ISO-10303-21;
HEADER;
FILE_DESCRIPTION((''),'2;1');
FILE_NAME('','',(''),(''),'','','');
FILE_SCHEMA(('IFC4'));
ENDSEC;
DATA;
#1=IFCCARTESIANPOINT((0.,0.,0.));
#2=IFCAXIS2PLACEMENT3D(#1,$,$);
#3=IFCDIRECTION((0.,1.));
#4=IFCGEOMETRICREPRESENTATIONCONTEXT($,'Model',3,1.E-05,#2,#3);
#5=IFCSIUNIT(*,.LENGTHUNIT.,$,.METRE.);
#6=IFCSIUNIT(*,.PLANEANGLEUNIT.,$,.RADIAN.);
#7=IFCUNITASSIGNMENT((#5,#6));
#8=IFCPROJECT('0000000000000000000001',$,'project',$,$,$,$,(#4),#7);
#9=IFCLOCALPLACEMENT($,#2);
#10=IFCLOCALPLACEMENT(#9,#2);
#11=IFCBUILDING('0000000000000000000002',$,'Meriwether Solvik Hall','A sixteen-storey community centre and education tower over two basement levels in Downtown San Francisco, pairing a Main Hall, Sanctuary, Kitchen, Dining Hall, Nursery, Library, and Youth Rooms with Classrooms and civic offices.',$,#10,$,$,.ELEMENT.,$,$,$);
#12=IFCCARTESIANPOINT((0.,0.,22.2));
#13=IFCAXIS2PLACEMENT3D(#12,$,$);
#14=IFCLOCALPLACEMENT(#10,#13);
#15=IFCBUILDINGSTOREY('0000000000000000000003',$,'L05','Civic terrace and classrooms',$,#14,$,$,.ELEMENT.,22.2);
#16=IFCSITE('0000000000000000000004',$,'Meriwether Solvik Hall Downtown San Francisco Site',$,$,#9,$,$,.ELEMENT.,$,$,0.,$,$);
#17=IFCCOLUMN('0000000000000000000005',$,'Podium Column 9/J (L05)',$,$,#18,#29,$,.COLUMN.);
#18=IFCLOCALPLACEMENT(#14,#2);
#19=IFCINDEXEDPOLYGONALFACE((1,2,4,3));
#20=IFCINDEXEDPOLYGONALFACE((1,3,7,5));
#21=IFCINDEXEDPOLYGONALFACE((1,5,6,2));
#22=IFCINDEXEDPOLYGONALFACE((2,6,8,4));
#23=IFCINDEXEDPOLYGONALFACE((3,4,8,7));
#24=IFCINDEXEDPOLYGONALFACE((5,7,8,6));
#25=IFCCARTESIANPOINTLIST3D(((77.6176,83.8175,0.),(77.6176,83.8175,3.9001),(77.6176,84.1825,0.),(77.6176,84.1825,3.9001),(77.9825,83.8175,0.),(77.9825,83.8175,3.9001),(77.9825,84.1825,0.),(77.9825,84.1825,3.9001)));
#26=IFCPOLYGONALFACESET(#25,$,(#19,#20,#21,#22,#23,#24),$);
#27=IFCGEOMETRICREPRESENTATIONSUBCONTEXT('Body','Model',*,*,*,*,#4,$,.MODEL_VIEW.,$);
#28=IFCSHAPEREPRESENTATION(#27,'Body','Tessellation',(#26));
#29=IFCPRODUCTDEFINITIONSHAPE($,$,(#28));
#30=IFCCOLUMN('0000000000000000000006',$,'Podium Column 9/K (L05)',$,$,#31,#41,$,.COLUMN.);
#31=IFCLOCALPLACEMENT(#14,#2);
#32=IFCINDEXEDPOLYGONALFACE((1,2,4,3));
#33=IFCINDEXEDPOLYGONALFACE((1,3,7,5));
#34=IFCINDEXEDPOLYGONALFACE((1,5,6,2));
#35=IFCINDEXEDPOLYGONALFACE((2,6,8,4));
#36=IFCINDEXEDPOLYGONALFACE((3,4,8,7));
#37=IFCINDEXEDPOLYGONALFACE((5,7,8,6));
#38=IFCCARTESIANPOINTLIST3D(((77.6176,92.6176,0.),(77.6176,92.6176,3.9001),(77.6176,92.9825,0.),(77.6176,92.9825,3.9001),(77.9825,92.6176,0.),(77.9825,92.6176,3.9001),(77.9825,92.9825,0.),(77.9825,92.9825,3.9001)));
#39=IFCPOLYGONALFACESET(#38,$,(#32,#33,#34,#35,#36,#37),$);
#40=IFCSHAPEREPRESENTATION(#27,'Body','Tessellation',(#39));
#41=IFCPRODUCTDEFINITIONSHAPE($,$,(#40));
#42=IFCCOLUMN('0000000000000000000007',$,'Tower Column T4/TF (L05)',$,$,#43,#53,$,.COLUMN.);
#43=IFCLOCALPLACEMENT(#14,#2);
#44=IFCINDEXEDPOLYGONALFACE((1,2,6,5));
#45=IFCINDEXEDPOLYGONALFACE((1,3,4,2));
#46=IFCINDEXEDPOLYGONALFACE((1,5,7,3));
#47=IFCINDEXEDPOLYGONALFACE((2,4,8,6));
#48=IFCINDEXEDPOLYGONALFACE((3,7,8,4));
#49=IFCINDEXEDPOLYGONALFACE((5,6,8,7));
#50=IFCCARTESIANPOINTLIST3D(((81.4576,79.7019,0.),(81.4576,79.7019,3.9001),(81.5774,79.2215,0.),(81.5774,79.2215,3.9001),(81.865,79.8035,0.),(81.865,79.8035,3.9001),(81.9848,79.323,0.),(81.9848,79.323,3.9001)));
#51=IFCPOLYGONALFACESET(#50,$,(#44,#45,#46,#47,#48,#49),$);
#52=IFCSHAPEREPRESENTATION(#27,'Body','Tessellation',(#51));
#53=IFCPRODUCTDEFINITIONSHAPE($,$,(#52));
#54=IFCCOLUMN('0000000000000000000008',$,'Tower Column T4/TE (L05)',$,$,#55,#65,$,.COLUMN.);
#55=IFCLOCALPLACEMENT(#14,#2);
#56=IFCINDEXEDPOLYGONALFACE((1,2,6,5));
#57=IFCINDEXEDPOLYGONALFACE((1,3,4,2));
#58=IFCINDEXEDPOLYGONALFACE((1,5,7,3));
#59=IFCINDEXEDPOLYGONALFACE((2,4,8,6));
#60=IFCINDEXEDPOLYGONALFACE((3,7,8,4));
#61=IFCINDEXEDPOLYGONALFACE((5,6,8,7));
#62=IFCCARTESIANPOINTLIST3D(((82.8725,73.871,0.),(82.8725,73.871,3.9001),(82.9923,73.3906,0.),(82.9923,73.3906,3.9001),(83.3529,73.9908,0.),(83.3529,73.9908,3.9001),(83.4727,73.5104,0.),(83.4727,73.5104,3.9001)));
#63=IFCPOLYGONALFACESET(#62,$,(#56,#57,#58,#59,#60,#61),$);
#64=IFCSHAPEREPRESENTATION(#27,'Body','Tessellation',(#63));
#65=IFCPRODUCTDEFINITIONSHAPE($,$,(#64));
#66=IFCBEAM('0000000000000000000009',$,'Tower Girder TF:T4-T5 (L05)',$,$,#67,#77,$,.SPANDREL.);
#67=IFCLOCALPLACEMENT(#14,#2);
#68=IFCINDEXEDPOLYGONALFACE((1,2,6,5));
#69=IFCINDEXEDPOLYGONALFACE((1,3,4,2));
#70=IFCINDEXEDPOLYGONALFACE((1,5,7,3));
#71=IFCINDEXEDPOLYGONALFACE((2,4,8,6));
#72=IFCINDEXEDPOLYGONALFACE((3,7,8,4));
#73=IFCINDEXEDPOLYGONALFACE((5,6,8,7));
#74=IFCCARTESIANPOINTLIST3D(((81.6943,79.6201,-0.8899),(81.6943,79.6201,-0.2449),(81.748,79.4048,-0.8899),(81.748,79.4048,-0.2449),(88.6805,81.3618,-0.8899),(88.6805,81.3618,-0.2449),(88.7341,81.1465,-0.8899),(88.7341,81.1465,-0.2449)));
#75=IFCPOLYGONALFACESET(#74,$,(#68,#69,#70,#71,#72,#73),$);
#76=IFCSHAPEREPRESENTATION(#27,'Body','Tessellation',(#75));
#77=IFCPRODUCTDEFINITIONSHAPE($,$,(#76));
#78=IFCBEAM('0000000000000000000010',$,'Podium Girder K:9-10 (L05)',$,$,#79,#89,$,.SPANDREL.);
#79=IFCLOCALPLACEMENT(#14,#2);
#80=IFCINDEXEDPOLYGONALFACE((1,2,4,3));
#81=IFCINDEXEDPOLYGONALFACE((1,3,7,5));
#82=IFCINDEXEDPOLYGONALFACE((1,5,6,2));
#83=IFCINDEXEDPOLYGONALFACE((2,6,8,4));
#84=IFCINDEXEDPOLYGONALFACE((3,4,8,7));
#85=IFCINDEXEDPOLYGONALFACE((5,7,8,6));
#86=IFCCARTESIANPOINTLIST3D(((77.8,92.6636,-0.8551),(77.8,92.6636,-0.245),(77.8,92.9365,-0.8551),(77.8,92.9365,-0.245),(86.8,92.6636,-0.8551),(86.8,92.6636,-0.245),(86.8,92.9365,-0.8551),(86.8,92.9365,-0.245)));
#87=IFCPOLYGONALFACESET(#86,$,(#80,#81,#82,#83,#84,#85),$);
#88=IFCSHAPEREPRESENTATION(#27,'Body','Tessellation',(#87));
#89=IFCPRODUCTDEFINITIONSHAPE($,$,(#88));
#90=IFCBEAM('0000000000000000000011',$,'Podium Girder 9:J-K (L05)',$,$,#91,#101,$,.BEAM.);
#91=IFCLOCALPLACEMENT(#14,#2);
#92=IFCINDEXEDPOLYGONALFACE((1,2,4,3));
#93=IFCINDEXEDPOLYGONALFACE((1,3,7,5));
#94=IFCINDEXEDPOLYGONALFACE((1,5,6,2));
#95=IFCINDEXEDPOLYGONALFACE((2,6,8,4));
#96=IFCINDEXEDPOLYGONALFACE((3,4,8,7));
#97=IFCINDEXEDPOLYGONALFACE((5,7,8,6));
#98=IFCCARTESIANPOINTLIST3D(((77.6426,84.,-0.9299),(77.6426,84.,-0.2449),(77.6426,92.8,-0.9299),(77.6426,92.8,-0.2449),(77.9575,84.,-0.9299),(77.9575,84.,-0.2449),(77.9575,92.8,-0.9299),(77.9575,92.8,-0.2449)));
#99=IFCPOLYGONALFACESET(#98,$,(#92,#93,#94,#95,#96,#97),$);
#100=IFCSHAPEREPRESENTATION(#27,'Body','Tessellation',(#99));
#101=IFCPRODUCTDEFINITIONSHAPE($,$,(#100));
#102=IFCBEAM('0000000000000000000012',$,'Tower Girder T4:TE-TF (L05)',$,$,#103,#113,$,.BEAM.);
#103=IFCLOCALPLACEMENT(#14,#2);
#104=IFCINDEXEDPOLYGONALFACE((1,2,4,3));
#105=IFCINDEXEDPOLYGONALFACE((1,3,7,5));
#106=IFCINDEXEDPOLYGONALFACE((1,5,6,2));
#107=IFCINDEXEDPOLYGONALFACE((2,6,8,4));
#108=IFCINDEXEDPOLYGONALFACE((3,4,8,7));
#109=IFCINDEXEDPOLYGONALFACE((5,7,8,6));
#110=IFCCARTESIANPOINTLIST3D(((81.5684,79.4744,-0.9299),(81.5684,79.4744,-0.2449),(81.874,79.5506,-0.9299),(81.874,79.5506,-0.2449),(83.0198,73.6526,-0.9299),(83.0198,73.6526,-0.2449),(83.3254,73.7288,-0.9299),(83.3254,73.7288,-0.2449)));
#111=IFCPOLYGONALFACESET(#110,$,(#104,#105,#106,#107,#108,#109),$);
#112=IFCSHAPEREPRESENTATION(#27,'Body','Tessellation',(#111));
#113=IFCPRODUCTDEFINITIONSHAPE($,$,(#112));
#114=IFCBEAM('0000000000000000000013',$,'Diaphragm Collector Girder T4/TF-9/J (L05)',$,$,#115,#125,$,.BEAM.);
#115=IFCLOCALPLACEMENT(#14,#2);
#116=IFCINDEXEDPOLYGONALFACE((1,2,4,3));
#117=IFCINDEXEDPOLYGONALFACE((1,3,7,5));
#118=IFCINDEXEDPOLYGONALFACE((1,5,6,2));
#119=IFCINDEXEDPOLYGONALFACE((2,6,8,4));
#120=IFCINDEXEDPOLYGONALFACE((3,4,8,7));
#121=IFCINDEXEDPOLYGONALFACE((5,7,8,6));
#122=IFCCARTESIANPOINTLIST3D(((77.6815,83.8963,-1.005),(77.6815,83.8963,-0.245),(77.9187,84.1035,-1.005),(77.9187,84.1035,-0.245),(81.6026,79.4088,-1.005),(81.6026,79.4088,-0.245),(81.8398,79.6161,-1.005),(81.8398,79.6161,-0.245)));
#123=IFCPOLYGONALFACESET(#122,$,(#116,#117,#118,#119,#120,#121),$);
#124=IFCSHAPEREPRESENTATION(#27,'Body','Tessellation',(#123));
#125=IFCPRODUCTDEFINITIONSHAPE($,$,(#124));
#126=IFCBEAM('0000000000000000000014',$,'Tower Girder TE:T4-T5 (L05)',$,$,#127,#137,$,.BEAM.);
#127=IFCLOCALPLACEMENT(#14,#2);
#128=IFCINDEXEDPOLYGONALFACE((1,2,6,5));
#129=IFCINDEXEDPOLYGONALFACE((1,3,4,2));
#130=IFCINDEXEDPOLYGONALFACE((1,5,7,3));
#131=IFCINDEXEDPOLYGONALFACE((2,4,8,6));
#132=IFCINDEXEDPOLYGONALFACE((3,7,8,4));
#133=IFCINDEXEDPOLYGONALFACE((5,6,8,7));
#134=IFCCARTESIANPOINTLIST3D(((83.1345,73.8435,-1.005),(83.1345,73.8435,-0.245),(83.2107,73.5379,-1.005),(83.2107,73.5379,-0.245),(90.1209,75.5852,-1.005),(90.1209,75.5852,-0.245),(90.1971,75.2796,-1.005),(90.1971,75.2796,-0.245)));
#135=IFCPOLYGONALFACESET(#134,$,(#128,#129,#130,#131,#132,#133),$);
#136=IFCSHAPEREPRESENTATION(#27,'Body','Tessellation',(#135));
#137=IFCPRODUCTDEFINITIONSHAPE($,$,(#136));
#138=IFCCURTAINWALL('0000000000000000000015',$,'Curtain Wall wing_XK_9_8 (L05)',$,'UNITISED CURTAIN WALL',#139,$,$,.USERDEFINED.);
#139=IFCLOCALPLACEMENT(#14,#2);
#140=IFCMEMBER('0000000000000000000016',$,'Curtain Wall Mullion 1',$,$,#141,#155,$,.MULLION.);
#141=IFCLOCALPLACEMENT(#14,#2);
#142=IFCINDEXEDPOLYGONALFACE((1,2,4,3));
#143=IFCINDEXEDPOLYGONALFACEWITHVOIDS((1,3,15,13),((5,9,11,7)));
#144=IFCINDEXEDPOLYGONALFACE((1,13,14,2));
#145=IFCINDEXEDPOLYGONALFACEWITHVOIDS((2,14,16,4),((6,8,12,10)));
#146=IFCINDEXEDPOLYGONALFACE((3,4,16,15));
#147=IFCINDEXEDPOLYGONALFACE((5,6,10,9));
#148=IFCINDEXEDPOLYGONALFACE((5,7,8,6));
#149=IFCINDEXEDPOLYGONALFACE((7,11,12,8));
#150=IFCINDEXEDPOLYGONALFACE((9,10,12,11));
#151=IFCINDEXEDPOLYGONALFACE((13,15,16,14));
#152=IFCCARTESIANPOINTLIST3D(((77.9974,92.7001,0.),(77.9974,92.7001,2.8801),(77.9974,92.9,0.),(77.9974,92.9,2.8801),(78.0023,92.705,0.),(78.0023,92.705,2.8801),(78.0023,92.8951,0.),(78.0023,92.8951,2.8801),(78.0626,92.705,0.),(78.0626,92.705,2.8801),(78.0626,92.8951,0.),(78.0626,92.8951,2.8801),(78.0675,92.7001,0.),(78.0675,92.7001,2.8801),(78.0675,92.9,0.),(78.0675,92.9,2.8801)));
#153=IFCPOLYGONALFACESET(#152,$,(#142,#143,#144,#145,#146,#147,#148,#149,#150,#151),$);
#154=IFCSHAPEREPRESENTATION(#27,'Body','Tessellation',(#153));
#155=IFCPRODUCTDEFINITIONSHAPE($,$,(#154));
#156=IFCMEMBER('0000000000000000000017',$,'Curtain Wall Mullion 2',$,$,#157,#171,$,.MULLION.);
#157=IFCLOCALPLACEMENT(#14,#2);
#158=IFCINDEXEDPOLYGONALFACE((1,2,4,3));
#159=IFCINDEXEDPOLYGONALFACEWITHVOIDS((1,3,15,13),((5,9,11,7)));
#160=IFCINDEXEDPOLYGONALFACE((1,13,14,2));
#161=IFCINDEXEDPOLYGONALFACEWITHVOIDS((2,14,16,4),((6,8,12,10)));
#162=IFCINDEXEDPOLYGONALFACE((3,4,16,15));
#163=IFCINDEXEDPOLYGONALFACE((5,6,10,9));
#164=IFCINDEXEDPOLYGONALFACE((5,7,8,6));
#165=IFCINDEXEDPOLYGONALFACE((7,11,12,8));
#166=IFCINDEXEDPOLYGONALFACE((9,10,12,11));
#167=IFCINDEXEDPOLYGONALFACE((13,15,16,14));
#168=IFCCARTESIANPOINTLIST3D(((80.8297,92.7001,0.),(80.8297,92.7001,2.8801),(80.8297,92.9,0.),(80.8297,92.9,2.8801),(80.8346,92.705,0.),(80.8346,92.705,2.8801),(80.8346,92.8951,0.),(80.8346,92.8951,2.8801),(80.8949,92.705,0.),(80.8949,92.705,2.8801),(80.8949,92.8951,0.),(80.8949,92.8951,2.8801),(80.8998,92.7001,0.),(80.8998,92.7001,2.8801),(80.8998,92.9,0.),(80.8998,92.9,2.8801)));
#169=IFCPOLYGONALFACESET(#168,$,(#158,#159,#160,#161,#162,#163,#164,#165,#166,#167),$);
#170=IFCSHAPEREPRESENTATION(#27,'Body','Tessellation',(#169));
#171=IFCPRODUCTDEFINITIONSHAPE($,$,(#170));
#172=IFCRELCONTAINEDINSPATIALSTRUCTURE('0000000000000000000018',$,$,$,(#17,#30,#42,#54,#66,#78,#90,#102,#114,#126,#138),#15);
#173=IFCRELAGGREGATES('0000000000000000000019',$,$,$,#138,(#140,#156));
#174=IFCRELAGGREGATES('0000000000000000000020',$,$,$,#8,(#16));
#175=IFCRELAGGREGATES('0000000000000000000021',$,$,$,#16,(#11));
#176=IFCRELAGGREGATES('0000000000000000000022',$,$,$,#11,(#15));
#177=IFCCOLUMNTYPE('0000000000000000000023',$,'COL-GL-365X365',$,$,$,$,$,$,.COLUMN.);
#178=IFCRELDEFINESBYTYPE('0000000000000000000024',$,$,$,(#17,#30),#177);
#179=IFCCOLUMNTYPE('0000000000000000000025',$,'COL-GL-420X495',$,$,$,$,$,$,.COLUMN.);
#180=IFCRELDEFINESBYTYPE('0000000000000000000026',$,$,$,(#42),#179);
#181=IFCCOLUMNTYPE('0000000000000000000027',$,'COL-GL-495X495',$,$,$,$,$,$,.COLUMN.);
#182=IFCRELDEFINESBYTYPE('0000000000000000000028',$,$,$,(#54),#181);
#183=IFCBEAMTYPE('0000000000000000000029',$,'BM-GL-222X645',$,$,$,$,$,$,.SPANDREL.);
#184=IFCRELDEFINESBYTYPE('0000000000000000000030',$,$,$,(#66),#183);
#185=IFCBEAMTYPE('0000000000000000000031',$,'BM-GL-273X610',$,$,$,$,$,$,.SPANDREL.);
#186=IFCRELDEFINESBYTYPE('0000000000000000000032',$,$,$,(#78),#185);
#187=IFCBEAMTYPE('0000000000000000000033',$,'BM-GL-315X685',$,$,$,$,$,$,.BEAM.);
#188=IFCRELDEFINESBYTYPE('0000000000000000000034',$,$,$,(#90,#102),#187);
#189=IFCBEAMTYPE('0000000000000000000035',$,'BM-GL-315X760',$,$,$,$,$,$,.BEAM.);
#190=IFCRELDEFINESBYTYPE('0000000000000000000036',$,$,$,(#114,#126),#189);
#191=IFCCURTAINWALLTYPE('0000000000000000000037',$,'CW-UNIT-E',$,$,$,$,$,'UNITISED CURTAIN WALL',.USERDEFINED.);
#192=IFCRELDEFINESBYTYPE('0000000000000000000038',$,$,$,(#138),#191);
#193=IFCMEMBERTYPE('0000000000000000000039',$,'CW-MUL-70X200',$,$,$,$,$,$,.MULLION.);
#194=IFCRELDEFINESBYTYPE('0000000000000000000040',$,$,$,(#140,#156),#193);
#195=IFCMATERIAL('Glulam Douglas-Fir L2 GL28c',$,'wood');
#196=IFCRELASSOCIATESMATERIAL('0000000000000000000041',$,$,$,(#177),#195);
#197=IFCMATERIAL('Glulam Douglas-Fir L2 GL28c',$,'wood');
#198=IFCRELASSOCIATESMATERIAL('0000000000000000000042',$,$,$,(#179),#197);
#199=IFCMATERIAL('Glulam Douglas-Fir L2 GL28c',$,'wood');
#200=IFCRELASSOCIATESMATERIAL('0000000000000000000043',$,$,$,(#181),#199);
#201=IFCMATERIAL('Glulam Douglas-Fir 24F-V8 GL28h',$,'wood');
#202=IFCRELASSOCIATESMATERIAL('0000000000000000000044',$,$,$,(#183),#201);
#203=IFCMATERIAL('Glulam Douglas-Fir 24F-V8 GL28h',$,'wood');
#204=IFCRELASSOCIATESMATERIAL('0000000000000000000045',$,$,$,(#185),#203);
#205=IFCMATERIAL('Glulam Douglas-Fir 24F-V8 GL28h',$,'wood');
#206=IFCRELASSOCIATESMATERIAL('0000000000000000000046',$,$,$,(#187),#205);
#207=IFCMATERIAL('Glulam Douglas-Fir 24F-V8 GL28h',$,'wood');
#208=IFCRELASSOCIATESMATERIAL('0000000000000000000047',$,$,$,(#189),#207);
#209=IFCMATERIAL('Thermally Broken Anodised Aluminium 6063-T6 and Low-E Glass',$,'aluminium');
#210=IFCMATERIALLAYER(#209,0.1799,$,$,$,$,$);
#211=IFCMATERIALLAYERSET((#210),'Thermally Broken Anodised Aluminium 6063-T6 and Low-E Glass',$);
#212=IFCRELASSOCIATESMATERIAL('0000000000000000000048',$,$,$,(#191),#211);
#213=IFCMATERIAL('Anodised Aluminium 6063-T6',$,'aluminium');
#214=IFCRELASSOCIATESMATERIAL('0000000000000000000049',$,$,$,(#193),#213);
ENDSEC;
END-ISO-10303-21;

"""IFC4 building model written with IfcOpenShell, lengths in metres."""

from ifc_helpers import new_model, si_unit, direction, frame, origin, origin_2d, place, context, subcontext, project, spatial, rectangle, hollow_rectangle, extrude, material, layer, layer_set, material_profile, profile_set, type_object, element, aggregate, save


model = new_model("IFC4")

# Units and contexts
model_context = context("Model", 3, precision=1e-05, world=origin(), true_north=direction((0.0, 1.0)))
body_context = subcontext(model_context, "Body", "Model", "MODEL_VIEW")
ifc_project = project(units=[si_unit("LENGTHUNIT", "METRE"), si_unit("PLANEANGLEUNIT", "RADIAN")], contexts=[model_context])

# Site, building, storey
site_placement = place(None, origin())
site = spatial("IfcSite", under=ifc_project, at=site_placement, Name="Meriwether Solvik Hall Downtown San Francisco Site", CompositionType="ELEMENT", RefElevation=0.0)
building_placement = place(site_placement, origin())
building = spatial("IfcBuilding", under=site, at=building_placement, Name="Meriwether Solvik Hall", Description="A sixteen-storey community centre and education tower over two basement levels in Downtown San Francisco, pairing a Main Hall, Sanctuary, Kitchen, Dining Hall, Nursery, Library, and Youth Rooms with Classrooms and civic offices.", CompositionType="ELEMENT")
storey_placement = place(building_placement, frame((0.0, 0.0, 22.2)))
storey = spatial("IfcBuildingStorey", under=building, at=storey_placement, Name="L05", Description="Civic terrace and classrooms", CompositionType="ELEMENT", Elevation=22.2)

# Columns
ifc_material_1 = material(Name="Glulam Douglas-Fir L2 GL28c", Category="wood")
ifc_material_profile_1 = material_profile(ifc_material_1, rectangle(XDim=0.365, YDim=0.365, at=origin_2d()), Name="GLC-365X365")
ifc_profile_set_1 = profile_set([ifc_material_profile_1], Name="Glulam Douglas-Fir L2 GL28c")
column_type_1 = type_object("IfcColumnType", Name="COL-GL-365X365", PredefinedType="COLUMN", material=ifc_profile_set_1)
for number, where, z_axis, x_axis, name in (
    (1, (77.8, 84.0, 0.0), (0.0, 0.0, 1.0), (1.0, 0.0, 0.0), "Podium Column 9/J (L05)"),
    (2, (77.8, 92.8, 0.0), (0.0, 0.0, 1.0), (1.0, 0.0, 0.0), "Podium Column 9/K (L05)"),
):
    element("IfcColumn", number, at=place(storey_placement, frame(where, z_axis=z_axis, x_axis=x_axis)), inside=storey, type_object=column_type_1, Name=name, PredefinedType="COLUMN", context=body_context, shape_type="SweptSolid", body=[
        extrude(rectangle(XDim=0.365, YDim=0.365, at=origin_2d()), origin(), (0.0, 0.0, 1.0), 3.9001),
    ])
ifc_material_2 = material(Name="Glulam Douglas-Fir L2 GL28c", Category="wood")
ifc_material_profile_2 = material_profile(ifc_material_2, rectangle(XDim=0.4199, YDim=0.4951, at=origin_2d()), Name="GLC-420X495")
ifc_profile_set_2 = profile_set([ifc_material_profile_2], Name="Glulam Douglas-Fir L2 GL28c")
column_type_2 = type_object("IfcColumnType", Name="COL-GL-420X495", PredefinedType="COLUMN", material=ifc_profile_set_2)
column_1_placement = place(storey_placement, frame((81.7212, 79.5125, 0.0), z_axis=(0.0, 0.0, 1.0), x_axis=(0.970296, 0.241922, 0.0)))
element("IfcColumn", 3, at=column_1_placement, inside=storey, type_object=column_type_2, Name="Tower Column T4/TF (L05)", PredefinedType="COLUMN", context=body_context, shape_type="SweptSolid", body=[
    extrude(rectangle(XDim=0.4199, YDim=0.4951, at=origin_2d()), origin(), (0.0, 0.0, 1.0), 3.9001),
])
ifc_material_3 = material(Name="Glulam Douglas-Fir L2 GL28c", Category="wood")
ifc_material_profile_3 = material_profile(ifc_material_3, rectangle(XDim=0.4951, YDim=0.4951, at=origin_2d()), Name="GLC-495X495")
ifc_profile_set_3 = profile_set([ifc_material_profile_3], Name="Glulam Douglas-Fir L2 GL28c")
column_type_3 = type_object("IfcColumnType", Name="COL-GL-495X495", PredefinedType="COLUMN", material=ifc_profile_set_3)
column_2_placement = place(storey_placement, frame((83.1726, 73.6907, 0.0), z_axis=(0.0, 0.0, 1.0), x_axis=(0.970296, 0.241922, 0.0)))
element("IfcColumn", 4, at=column_2_placement, inside=storey, type_object=column_type_3, Name="Tower Column T4/TE (L05)", PredefinedType="COLUMN", context=body_context, shape_type="SweptSolid", body=[
    extrude(rectangle(XDim=0.4951, YDim=0.4951, at=origin_2d()), origin(), (0.0, 0.0, 1.0), 3.9001),
])

# Beams
ifc_material_4 = material(Name="Glulam Douglas-Fir 24F-V8 GL28h", Category="wood")
ifc_material_profile_4 = material_profile(ifc_material_4, rectangle(XDim=0.2219, YDim=0.645, at=origin_2d()), Name="GLB-222X645")
ifc_profile_set_4 = profile_set([ifc_material_profile_4], Name="Glulam Douglas-Fir 24F-V8 GL28h")
beam_type_1 = type_object("IfcBeamType", Name="BM-GL-222X645", PredefinedType="SPANDREL", material=ifc_profile_set_4)
beam_1_placement = place(storey_placement, frame((81.7212, 79.5125, -0.5674), z_axis=(0.9703, 0.241905, 0.0), x_axis=(-0.241905, 0.9703, 0.0)))
element("IfcBeam", 5, at=beam_1_placement, inside=storey, type_object=beam_type_1, Name="Tower Girder TF:T4-T5 (L05)", PredefinedType="SPANDREL", context=body_context, shape_type="SweptSolid", body=[
    extrude(rectangle(XDim=0.2219, YDim=0.645, at=origin_2d()), origin(), (0.0, 0.0, 1.0), 7.2),
])
ifc_material_5 = material(Name="Glulam Douglas-Fir 24F-V8 GL28h", Category="wood")
ifc_material_profile_5 = material_profile(ifc_material_5, rectangle(XDim=0.2729, YDim=0.6101, at=origin_2d()), Name="GLB-273X610")
ifc_profile_set_5 = profile_set([ifc_material_profile_5], Name="Glulam Douglas-Fir 24F-V8 GL28h")
beam_type_2 = type_object("IfcBeamType", Name="BM-GL-273X610", PredefinedType="SPANDREL", material=ifc_profile_set_5)
beam_2_placement = place(storey_placement, frame((77.8, 92.8, -0.55), z_axis=(1.0, 0.0, 0.0), x_axis=(0.0, 1.0, 0.0)))
element("IfcBeam", 6, at=beam_2_placement, inside=storey, type_object=beam_type_2, Name="Podium Girder K:9-10 (L05)", PredefinedType="SPANDREL", context=body_context, shape_type="SweptSolid", body=[
    extrude(rectangle(XDim=0.2729, YDim=0.6101, at=origin_2d()), origin(), (0.0, 0.0, 1.0), 9.0),
])
ifc_material_6 = material(Name="Glulam Douglas-Fir 24F-V8 GL28h", Category="wood")
ifc_material_profile_6 = material_profile(ifc_material_6, rectangle(XDim=0.3149, YDim=0.6851, at=origin_2d()), Name="GLB-315X685")
ifc_profile_set_6 = profile_set([ifc_material_profile_6], Name="Glulam Douglas-Fir 24F-V8 GL28h")
beam_type_3 = type_object("IfcBeamType", Name="BM-GL-315X685", PredefinedType="BEAM", material=ifc_profile_set_6)
beam_3_placement = place(storey_placement, frame((77.8, 84.0, -0.5874), z_axis=(0.0, 1.0, 0.0), x_axis=(-1.0, 0.0, 0.0)))
element("IfcBeam", 7, at=beam_3_placement, inside=storey, type_object=beam_type_3, Name="Podium Girder 9:J-K (L05)", PredefinedType="BEAM", context=body_context, shape_type="SweptSolid", body=[
    extrude(rectangle(XDim=0.3149, YDim=0.6851, at=origin_2d()), origin(), (0.0, 0.0, 1.0), 8.8),
])
beam_4_placement = place(storey_placement, frame((83.1726, 73.6907, -0.5874), z_axis=(-0.241904, 0.9703, 0.0), x_axis=(-0.9703, -0.241904, 0.0)))
element("IfcBeam", 8, at=beam_4_placement, inside=storey, type_object=beam_type_3, Name="Tower Girder T4:TE-TF (L05)", PredefinedType="BEAM", context=body_context, shape_type="SweptSolid", body=[
    extrude(rectangle(XDim=0.3149, YDim=0.6851, at=origin_2d()), origin(), (0.0, 0.0, 1.0), 6.0),
])
ifc_material_7 = material(Name="Glulam Douglas-Fir 24F-V8 GL28h", Category="wood")
ifc_material_profile_7 = material_profile(ifc_material_7, rectangle(XDim=0.3149, YDim=0.76, at=origin_2d()), Name="GLB-315X760")
ifc_profile_set_7 = profile_set([ifc_material_profile_7], Name="Glulam Douglas-Fir 24F-V8 GL28h")
beam_type_4 = type_object("IfcBeamType", Name="BM-GL-315X760", PredefinedType="BEAM", material=ifc_profile_set_7)
beam_5_placement = place(storey_placement, frame((81.7212, 79.5125, -0.625), z_axis=(-0.657985, 0.753031, 0.0), x_axis=(-0.753031, -0.657985, 0.0)))
element("IfcBeam", 9, at=beam_5_placement, inside=storey, type_object=beam_type_4, Name="Diaphragm Collector Girder T4/TF-9/J (L05)", PredefinedType="BEAM", context=body_context, shape_type="SweptSolid", body=[
    extrude(rectangle(XDim=0.3149, YDim=0.76, at=origin_2d()), origin(), (0.0, 0.0, 1.0), 5.9592),
])
beam_6_placement = place(storey_placement, frame((83.1726, 73.6907, -0.625), z_axis=(0.970302, 0.241897, 0.0), x_axis=(-0.241897, 0.970302, 0.0)))
element("IfcBeam", 10, at=beam_6_placement, inside=storey, type_object=beam_type_4, Name="Tower Girder TE:T4-T5 (L05)", PredefinedType="BEAM", context=body_context, shape_type="SweptSolid", body=[
    extrude(rectangle(XDim=0.3149, YDim=0.76, at=origin_2d()), origin(), (0.0, 0.0, 1.0), 7.2002),
])

# Curtain wall, members
ifc_material_8 = material(Name="Thermally Broken Anodised Aluminium 6063-T6 and Low-E Glass", Category="aluminium")
ifc_layer_1 = layer(ifc_material_8, 0.1799)
ifc_layer_set_1 = layer_set([ifc_layer_1], Name="Thermally Broken Anodised Aluminium 6063-T6 and Low-E Glass")
curtain_wall_type = type_object("IfcCurtainWallType", Name="CW-UNIT-E", ElementType="UNITISED CURTAIN WALL", PredefinedType="USERDEFINED", material=ifc_layer_set_1)
curtain_wall_placement = place(storey_placement, origin())
curtain_wall = element("IfcCurtainWall", 11, at=curtain_wall_placement, inside=storey, type_object=curtain_wall_type, Name="Curtain Wall wing_XK_9_8 (L05)", ObjectType="UNITISED CURTAIN WALL", PredefinedType="USERDEFINED")
ifc_material_9 = material(Name="Anodised Aluminium 6063-T6", Category="aluminium")
ifc_material_profile_8 = material_profile(ifc_material_9, hollow_rectangle(XDim=0.0701, YDim=0.2, WallThickness=0.0049, at=origin_2d()), Name="CWM-70X200")
ifc_profile_set_8 = profile_set([ifc_material_profile_8], Name="Anodised Aluminium 6063-T6")
member_type_1 = type_object("IfcMemberType", Name="CW-MUL-70X200", PredefinedType="MULLION", material=ifc_profile_set_8)
member_1_placement = place(storey_placement, frame((78.0325, 92.8, 0.0), z_axis=(0.0, 0.0, 1.0), x_axis=(1.0, 0.0, 0.0)))
member_1 = element("IfcMember", 12, at=member_1_placement, type_object=member_type_1, Name="Curtain Wall Mullion 1", PredefinedType="MULLION", context=body_context, shape_type="SweptSolid", body=[
    extrude(hollow_rectangle(XDim=0.0701, YDim=0.2, WallThickness=0.0049, at=origin_2d()), origin(), (0.0, 0.0, 1.0), 2.8801),
])
member_2_placement = place(storey_placement, frame((80.8647, 92.8, 0.0), z_axis=(0.0, 0.0, 1.0), x_axis=(1.0, 0.0, 0.0)))
member_2 = element("IfcMember", 13, at=member_2_placement, type_object=member_type_1, Name="Curtain Wall Mullion 2", PredefinedType="MULLION", context=body_context, shape_type="SweptSolid", body=[
    extrude(hollow_rectangle(XDim=0.0701, YDim=0.2, WallThickness=0.0049, at=origin_2d()), origin(), (0.0, 0.0, 1.0), 2.8801),
])

aggregate(curtain_wall, [member_1, member_2])

save(model, "model.ifc")
